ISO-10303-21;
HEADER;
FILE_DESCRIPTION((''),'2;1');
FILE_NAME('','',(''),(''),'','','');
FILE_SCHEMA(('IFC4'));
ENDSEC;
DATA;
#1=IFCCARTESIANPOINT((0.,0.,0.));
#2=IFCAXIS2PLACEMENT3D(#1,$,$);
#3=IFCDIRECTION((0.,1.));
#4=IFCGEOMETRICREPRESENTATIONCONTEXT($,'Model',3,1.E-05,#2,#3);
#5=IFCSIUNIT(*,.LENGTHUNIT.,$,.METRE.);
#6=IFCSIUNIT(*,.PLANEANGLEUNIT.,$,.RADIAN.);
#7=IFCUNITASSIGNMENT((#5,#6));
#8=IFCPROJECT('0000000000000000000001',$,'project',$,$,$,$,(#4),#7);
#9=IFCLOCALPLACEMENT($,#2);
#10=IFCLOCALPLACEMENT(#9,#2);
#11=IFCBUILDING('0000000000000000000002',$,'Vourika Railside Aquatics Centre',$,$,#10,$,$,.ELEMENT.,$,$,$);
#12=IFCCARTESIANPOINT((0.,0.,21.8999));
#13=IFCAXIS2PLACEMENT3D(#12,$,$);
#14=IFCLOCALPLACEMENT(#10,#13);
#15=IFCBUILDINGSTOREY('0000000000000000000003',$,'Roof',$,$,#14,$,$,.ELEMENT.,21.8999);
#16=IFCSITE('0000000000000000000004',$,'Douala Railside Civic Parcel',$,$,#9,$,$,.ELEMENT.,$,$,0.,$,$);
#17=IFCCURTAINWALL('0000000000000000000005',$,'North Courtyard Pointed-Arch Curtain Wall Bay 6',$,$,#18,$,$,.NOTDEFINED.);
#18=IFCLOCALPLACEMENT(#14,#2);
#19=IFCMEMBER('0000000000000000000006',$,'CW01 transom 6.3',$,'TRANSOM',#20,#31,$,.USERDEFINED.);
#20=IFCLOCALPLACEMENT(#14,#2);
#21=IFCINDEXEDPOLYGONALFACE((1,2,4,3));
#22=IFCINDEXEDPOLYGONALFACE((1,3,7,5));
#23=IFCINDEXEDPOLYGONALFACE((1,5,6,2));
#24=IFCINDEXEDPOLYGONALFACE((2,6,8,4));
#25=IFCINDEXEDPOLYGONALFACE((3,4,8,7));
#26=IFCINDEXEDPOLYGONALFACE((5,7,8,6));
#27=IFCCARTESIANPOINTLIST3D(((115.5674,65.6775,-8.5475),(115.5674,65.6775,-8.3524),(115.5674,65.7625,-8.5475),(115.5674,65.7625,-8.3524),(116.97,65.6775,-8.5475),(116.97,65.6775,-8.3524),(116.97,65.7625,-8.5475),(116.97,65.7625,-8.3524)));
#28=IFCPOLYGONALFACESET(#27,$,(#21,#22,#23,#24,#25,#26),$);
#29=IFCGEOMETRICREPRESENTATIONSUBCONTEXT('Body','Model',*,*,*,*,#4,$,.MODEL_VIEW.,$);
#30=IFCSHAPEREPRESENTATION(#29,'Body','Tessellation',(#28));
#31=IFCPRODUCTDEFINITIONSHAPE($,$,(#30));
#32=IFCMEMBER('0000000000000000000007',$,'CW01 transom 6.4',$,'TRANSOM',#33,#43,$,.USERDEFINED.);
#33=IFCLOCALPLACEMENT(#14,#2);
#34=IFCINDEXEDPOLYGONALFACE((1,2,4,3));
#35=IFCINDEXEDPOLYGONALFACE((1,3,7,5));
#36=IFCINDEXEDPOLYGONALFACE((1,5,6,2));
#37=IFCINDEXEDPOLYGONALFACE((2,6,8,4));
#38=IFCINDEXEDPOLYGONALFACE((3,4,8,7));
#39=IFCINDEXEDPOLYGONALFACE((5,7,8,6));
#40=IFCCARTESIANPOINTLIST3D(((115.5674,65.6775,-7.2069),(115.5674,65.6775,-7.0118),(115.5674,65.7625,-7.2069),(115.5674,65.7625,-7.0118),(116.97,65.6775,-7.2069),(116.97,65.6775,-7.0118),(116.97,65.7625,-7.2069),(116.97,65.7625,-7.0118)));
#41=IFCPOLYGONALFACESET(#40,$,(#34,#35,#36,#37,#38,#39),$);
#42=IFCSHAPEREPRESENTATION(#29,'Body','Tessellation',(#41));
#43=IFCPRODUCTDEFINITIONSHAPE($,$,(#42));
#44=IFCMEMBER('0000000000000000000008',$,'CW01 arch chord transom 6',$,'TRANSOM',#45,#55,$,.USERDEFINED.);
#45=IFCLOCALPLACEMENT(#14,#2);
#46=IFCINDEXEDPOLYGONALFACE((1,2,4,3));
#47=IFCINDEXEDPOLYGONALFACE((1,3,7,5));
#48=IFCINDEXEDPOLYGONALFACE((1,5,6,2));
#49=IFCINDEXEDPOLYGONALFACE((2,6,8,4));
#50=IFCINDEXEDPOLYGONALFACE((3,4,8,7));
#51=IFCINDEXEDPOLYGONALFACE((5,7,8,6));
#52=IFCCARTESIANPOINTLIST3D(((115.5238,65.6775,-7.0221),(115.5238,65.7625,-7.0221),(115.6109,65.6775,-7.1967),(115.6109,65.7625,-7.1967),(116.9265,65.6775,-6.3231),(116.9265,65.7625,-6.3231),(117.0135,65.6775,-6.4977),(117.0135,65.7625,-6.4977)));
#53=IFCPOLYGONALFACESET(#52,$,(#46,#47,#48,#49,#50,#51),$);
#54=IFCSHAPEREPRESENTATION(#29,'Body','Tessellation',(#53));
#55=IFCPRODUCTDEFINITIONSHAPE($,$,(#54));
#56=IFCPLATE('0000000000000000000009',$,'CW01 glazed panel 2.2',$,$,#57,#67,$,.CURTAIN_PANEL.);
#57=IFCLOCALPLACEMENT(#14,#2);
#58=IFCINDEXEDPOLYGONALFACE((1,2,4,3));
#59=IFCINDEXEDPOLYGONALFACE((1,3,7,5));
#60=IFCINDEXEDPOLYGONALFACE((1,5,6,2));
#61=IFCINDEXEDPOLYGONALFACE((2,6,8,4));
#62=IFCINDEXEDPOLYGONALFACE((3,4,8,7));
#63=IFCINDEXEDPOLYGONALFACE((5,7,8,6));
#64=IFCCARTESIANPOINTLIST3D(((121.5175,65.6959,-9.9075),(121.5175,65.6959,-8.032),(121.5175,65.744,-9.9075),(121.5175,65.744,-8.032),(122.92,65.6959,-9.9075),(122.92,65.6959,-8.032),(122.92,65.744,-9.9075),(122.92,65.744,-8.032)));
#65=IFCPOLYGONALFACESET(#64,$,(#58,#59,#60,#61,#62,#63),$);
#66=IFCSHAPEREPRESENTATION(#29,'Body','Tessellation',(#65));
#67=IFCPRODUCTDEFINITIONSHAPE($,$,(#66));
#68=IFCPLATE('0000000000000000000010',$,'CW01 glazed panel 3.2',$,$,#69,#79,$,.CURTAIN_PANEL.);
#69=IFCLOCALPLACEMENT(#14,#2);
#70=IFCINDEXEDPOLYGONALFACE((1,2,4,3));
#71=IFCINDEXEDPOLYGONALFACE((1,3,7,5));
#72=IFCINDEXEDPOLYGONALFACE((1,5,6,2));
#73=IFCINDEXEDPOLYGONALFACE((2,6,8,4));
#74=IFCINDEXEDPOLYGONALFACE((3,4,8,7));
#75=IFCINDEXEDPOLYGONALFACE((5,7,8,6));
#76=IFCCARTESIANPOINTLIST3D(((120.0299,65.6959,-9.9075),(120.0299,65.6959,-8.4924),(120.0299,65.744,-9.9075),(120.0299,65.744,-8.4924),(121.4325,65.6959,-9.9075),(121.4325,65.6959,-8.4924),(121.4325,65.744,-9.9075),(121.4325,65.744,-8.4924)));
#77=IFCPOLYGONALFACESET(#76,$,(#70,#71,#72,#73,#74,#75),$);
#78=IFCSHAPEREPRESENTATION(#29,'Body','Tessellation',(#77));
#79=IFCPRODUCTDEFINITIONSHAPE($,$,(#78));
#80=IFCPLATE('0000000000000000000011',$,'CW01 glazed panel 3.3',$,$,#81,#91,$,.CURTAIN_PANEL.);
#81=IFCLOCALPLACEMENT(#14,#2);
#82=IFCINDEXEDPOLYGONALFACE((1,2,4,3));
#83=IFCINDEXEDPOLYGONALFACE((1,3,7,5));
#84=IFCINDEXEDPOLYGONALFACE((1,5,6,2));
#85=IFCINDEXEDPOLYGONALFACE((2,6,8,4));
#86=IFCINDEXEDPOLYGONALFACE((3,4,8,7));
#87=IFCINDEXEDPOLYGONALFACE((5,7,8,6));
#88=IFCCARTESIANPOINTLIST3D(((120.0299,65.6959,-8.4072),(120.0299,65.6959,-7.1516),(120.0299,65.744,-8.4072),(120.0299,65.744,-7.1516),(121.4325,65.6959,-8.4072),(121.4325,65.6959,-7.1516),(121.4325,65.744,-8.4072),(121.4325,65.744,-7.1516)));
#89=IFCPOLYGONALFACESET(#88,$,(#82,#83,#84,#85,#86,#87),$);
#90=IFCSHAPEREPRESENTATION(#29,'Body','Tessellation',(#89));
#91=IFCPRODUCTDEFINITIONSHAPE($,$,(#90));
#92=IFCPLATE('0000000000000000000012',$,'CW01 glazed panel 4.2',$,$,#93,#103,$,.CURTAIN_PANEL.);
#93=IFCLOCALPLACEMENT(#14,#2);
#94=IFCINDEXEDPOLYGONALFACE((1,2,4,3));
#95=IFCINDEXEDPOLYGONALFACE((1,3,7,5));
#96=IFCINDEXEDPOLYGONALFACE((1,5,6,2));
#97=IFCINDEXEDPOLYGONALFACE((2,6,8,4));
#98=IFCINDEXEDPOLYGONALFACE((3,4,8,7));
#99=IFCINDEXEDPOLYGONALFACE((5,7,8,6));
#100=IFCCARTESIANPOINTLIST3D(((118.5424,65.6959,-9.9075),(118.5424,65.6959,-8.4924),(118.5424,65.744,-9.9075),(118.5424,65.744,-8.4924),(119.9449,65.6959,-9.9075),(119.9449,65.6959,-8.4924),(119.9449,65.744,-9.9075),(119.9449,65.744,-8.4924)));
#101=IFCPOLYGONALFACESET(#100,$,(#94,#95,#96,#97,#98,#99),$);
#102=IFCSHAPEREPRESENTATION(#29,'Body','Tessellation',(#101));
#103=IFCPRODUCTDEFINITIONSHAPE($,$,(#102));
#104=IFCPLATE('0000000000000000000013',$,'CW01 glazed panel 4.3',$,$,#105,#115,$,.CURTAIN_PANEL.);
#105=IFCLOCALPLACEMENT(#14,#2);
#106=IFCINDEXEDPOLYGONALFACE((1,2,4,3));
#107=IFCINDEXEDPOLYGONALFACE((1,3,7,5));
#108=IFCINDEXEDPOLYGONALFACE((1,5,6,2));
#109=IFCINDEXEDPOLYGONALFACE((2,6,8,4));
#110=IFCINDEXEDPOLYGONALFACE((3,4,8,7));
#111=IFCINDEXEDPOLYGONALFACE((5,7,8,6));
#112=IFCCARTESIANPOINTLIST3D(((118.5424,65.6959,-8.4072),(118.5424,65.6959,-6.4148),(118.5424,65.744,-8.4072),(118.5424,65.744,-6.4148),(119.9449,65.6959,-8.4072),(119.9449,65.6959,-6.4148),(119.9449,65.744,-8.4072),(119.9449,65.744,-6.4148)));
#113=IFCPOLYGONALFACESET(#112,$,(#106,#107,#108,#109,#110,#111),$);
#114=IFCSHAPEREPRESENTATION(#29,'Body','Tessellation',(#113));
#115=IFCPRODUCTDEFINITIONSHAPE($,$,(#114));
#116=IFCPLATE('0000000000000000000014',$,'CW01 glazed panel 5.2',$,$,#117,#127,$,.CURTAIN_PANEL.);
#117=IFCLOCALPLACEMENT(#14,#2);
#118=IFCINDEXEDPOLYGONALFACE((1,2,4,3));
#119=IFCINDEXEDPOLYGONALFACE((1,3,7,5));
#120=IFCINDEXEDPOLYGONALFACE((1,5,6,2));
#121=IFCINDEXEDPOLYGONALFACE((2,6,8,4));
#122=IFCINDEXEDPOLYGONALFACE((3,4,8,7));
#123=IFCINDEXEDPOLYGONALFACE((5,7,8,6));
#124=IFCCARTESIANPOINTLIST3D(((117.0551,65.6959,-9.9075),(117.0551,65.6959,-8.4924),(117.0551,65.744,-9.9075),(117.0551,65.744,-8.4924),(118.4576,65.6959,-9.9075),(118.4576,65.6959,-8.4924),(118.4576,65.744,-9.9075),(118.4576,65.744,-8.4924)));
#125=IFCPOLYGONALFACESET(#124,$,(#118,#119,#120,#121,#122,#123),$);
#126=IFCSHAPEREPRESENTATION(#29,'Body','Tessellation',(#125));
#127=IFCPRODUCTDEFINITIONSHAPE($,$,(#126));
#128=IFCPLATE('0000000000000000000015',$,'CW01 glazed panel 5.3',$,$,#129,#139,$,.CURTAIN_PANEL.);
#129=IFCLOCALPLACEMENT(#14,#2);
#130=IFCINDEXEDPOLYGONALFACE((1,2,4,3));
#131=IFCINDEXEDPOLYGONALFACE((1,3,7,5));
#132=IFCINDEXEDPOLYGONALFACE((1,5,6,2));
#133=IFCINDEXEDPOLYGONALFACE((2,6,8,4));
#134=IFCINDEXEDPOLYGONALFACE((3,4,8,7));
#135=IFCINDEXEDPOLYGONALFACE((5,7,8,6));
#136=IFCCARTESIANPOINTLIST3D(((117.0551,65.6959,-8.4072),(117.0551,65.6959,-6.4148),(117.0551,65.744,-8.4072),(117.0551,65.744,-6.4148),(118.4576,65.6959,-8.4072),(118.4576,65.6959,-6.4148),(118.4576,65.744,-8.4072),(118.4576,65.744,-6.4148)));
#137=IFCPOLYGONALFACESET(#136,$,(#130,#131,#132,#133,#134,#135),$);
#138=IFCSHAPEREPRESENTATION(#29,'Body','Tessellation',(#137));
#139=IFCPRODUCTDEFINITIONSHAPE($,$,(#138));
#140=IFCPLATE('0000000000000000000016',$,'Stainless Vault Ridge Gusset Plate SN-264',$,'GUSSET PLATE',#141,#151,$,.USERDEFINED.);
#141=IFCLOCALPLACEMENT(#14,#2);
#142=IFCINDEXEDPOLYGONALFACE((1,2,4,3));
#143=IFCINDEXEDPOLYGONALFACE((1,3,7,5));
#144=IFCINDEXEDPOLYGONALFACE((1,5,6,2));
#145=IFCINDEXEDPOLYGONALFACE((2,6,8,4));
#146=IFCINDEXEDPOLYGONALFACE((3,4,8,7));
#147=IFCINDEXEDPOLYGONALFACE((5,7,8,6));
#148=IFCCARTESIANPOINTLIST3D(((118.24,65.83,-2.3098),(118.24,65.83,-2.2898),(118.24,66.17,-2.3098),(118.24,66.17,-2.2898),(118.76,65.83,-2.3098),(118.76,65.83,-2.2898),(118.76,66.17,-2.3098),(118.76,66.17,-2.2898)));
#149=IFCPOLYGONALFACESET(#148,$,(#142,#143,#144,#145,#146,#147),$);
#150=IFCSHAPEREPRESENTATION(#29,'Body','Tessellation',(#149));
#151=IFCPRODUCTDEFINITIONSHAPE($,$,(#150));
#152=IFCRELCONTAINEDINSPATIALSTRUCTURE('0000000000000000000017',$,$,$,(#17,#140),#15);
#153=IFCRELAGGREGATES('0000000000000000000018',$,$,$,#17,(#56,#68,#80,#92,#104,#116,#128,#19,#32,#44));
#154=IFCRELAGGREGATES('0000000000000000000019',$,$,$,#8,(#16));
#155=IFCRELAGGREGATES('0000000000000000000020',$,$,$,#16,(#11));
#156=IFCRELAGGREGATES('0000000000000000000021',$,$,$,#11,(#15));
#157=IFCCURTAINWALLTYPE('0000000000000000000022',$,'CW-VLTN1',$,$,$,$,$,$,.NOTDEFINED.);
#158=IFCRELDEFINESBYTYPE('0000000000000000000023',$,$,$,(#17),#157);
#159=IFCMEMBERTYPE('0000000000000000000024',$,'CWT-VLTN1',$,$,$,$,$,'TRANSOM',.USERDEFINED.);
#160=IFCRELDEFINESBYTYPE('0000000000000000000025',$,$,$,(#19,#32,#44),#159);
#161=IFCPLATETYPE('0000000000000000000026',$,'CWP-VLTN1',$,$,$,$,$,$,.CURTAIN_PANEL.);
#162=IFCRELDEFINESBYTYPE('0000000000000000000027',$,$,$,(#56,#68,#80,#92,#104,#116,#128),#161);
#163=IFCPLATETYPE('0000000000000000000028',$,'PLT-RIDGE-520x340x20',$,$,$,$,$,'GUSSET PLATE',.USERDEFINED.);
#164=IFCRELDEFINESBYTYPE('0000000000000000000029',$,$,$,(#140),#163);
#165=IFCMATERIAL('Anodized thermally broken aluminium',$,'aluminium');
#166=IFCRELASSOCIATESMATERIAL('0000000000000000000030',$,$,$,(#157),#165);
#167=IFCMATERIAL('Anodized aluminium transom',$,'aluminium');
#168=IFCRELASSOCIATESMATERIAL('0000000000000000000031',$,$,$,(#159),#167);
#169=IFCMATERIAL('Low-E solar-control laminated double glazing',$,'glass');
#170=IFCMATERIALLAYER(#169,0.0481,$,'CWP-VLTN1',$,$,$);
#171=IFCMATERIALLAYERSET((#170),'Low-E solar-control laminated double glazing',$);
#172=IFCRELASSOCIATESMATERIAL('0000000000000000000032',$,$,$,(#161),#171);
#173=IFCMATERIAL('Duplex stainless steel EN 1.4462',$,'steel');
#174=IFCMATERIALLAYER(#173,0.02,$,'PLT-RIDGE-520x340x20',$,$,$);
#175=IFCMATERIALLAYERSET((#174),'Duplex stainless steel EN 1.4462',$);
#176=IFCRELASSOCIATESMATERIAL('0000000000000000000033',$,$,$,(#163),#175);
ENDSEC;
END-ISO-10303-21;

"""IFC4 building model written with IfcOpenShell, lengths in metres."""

from ifc_helpers import new_model, si_unit, direction, frame, origin, origin_2d, place, context, subcontext, project, spatial, rectangle, extrude, material, layer, layer_set, material_profile, profile_set, type_object, element, aggregate, save


model = new_model("IFC4")

# Units and contexts
model_context = context("Model", 3, precision=1e-05, world=origin(), true_north=direction((0.0, 1.0)))
body_context = subcontext(model_context, "Body", "Model", "MODEL_VIEW")
ifc_project = project(units=[si_unit("LENGTHUNIT", "METRE"), si_unit("PLANEANGLEUNIT", "RADIAN")], contexts=[model_context])

# Site, building, storey
site_placement = place(None, origin())
site = spatial("IfcSite", under=ifc_project, at=site_placement, Name="Douala Railside Civic Parcel", CompositionType="ELEMENT", RefElevation=0.0)
building_placement = place(site_placement, origin())
building = spatial("IfcBuilding", under=site, at=building_placement, Name="Vourika Railside Aquatics Centre", CompositionType="ELEMENT")
storey_placement = place(building_placement, frame((0.0, 0.0, 21.8999)))
storey = spatial("IfcBuildingStorey", under=building, at=storey_placement, Name="Roof", CompositionType="ELEMENT", Elevation=21.8999)

# Curtain wall, members, plates
ifc_material_1 = material(Name="Anodized thermally broken aluminium", Category="aluminium")
curtain_wall_type = type_object("IfcCurtainWallType", Name="CW-VLTN1", PredefinedType="NOTDEFINED", material=ifc_material_1)
curtain_wall_placement = place(storey_placement, origin())
curtain_wall = element("IfcCurtainWall", 1, at=curtain_wall_placement, inside=storey, type_object=curtain_wall_type, Name="North Courtyard Pointed-Arch Curtain Wall Bay 6", PredefinedType="NOTDEFINED")
ifc_material_2 = material(Name="Anodized aluminium transom", Category="aluminium")
ifc_material_profile_1 = material_profile(ifc_material_2, rectangle(XDim=0.085, YDim=0.1951, at=origin_2d()), Name="ALU-T 85x195")
ifc_profile_set_1 = profile_set([ifc_material_profile_1], Name="Anodized aluminium transom")
member_type = type_object("IfcMemberType", Name="CWT-VLTN1", ElementType="TRANSOM", PredefinedType="USERDEFINED", material=ifc_profile_set_1)
member_1_placement = place(storey_placement, frame((116.97, 65.72, -8.45), z_axis=(-1.0, 0.0, 0.0), x_axis=(0.0, -1.0, 0.0)))
member_1 = element("IfcMember", 2, at=member_1_placement, type_object=member_type, Name="CW01 transom 6.3", ObjectType="TRANSOM", PredefinedType="USERDEFINED", context=body_context, shape_type="SweptSolid", body=[
    extrude(rectangle(XDim=0.085, YDim=0.1951, at=origin_2d()), origin(), (0.0, 0.0, 1.0), 1.4026),
])
member_2_placement = place(storey_placement, frame((116.97, 65.72, -7.1094), z_axis=(-1.0, 0.0, 0.0), x_axis=(0.0, -1.0, 0.0)))
member_2 = element("IfcMember", 3, at=member_2_placement, type_object=member_type, Name="CW01 transom 6.4", ObjectType="TRANSOM", PredefinedType="USERDEFINED", context=body_context, shape_type="SweptSolid", body=[
    extrude(rectangle(XDim=0.085, YDim=0.1951, at=origin_2d()), origin(), (0.0, 0.0, 1.0), 1.4026),
])
member_3_placement = place(storey_placement, frame((116.97, 65.72, -6.4104), z_axis=(-0.895018, 0.0, -0.446029), x_axis=(0.0, -1.0, 0.0)))
member_3 = element("IfcMember", 4, at=member_3_placement, type_object=member_type, Name="CW01 arch chord transom 6", ObjectType="TRANSOM", PredefinedType="USERDEFINED", context=body_context, shape_type="SweptSolid", body=[
    extrude(rectangle(XDim=0.085, YDim=0.1951, at=origin_2d()), origin(), (0.0, 0.0, 1.0), 1.5671),
])
ifc_material_3 = material(Name="Low-E solar-control laminated double glazing", Category="glass")
ifc_layer_1 = layer(ifc_material_3, 0.0481, Name="CWP-VLTN1")
ifc_layer_set_1 = layer_set([ifc_layer_1], Name="Low-E solar-control laminated double glazing")
plate_type_1 = type_object("IfcPlateType", Name="CWP-VLTN1", PredefinedType="CURTAIN_PANEL", material=ifc_layer_set_1)
plate_1_placement = place(storey_placement, frame((122.2188, 65.72, -9.9075), z_axis=(0.0, 0.0, 1.0), x_axis=(-1.0, 0.0, 0.0)))
plate_1 = element("IfcPlate", 5, at=plate_1_placement, type_object=plate_type_1, Name="CW01 glazed panel 2.2", PredefinedType="CURTAIN_PANEL", context=body_context, shape_type="SweptSolid", body=[
    extrude(rectangle(XDim=1.4026, YDim=0.0481, at=origin_2d()), origin(), (0.0, 0.0, 1.0), 1.8755),
])
plate_2_placement = place(storey_placement, frame((120.7312, 65.72, -9.9075), z_axis=(0.0, 0.0, 1.0), x_axis=(-1.0, 0.0, 0.0)))
plate_2 = element("IfcPlate", 6, at=plate_2_placement, type_object=plate_type_1, Name="CW01 glazed panel 3.2", PredefinedType="CURTAIN_PANEL", context=body_context, shape_type="SweptSolid", body=[
    extrude(rectangle(XDim=1.4026, YDim=0.0481, at=origin_2d()), origin(), (0.0, 0.0, 1.0), 1.415),
])
plate_3_placement = place(storey_placement, frame((120.7312, 65.72, -8.4072), z_axis=(0.0, 0.0, 1.0), x_axis=(-1.0, 0.0, 0.0)))
plate_3 = element("IfcPlate", 7, at=plate_3_placement, type_object=plate_type_1, Name="CW01 glazed panel 3.3", PredefinedType="CURTAIN_PANEL", context=body_context, shape_type="SweptSolid", body=[
    extrude(rectangle(XDim=1.4026, YDim=0.0481, at=origin_2d()), origin(), (0.0, 0.0, 1.0), 1.2556),
])
plate_4_placement = place(storey_placement, frame((119.2437, 65.72, -9.9075), z_axis=(0.0, 0.0, 1.0), x_axis=(-1.0, 0.0, 0.0)))
plate_4 = element("IfcPlate", 8, at=plate_4_placement, type_object=plate_type_1, Name="CW01 glazed panel 4.2", PredefinedType="CURTAIN_PANEL", context=body_context, shape_type="SweptSolid", body=[
    extrude(rectangle(XDim=1.4026, YDim=0.0481, at=origin_2d()), origin(), (0.0, 0.0, 1.0), 1.415),
])
plate_5_placement = place(storey_placement, frame((119.2437, 65.72, -8.4072), z_axis=(0.0, 0.0, 1.0), x_axis=(-1.0, 0.0, 0.0)))
plate_5 = element("IfcPlate", 9, at=plate_5_placement, type_object=plate_type_1, Name="CW01 glazed panel 4.3", PredefinedType="CURTAIN_PANEL", context=body_context, shape_type="SweptSolid", body=[
    extrude(rectangle(XDim=1.4026, YDim=0.0481, at=origin_2d()), origin(), (0.0, 0.0, 1.0), 1.9924),
])
plate_6_placement = place(storey_placement, frame((117.7563, 65.72, -9.9075), z_axis=(0.0, 0.0, 1.0), x_axis=(-1.0, 0.0, 0.0)))
plate_6 = element("IfcPlate", 10, at=plate_6_placement, type_object=plate_type_1, Name="CW01 glazed panel 5.2", PredefinedType="CURTAIN_PANEL", context=body_context, shape_type="SweptSolid", body=[
    extrude(rectangle(XDim=1.4026, YDim=0.0481, at=origin_2d()), origin(), (0.0, 0.0, 1.0), 1.415),
])
plate_7_placement = place(storey_placement, frame((117.7563, 65.72, -8.4072), z_axis=(0.0, 0.0, 1.0), x_axis=(-1.0, 0.0, 0.0)))
plate_7 = element("IfcPlate", 11, at=plate_7_placement, type_object=plate_type_1, Name="CW01 glazed panel 5.3", PredefinedType="CURTAIN_PANEL", context=body_context, shape_type="SweptSolid", body=[
    extrude(rectangle(XDim=1.4026, YDim=0.0481, at=origin_2d()), origin(), (0.0, 0.0, 1.0), 1.9924),
])
aggregate(curtain_wall, [plate_1, plate_2, plate_3, plate_4, plate_5, plate_6, plate_7, member_1, member_2, member_3])

# Plate
ifc_material_4 = material(Name="Duplex stainless steel EN 1.4462", Category="steel")
ifc_layer_2 = layer(ifc_material_4, 0.02, Name="PLT-RIDGE-520x340x20")
ifc_layer_set_2 = layer_set([ifc_layer_2], Name="Duplex stainless steel EN 1.4462")
plate_type_2 = type_object("IfcPlateType", Name="PLT-RIDGE-520x340x20", ElementType="GUSSET PLATE", PredefinedType="USERDEFINED", material=ifc_layer_set_2)
plate_8_placement = place(storey_placement, frame((118.5, 66.0, -2.3098), z_axis=(0.0, 0.0, 1.0), x_axis=(1.0, 0.0, 0.0)))
element("IfcPlate", 12, at=plate_8_placement, inside=storey, type_object=plate_type_2, Name="Stainless Vault Ridge Gusset Plate SN-264", ObjectType="GUSSET PLATE", PredefinedType="USERDEFINED", context=body_context, shape_type="SweptSolid", body=[
    extrude(rectangle(XDim=0.52, YDim=0.3401, at=origin_2d()), origin(), (0.0, 0.0, 1.0), 0.02),
])

save(model, "model.ifc")
